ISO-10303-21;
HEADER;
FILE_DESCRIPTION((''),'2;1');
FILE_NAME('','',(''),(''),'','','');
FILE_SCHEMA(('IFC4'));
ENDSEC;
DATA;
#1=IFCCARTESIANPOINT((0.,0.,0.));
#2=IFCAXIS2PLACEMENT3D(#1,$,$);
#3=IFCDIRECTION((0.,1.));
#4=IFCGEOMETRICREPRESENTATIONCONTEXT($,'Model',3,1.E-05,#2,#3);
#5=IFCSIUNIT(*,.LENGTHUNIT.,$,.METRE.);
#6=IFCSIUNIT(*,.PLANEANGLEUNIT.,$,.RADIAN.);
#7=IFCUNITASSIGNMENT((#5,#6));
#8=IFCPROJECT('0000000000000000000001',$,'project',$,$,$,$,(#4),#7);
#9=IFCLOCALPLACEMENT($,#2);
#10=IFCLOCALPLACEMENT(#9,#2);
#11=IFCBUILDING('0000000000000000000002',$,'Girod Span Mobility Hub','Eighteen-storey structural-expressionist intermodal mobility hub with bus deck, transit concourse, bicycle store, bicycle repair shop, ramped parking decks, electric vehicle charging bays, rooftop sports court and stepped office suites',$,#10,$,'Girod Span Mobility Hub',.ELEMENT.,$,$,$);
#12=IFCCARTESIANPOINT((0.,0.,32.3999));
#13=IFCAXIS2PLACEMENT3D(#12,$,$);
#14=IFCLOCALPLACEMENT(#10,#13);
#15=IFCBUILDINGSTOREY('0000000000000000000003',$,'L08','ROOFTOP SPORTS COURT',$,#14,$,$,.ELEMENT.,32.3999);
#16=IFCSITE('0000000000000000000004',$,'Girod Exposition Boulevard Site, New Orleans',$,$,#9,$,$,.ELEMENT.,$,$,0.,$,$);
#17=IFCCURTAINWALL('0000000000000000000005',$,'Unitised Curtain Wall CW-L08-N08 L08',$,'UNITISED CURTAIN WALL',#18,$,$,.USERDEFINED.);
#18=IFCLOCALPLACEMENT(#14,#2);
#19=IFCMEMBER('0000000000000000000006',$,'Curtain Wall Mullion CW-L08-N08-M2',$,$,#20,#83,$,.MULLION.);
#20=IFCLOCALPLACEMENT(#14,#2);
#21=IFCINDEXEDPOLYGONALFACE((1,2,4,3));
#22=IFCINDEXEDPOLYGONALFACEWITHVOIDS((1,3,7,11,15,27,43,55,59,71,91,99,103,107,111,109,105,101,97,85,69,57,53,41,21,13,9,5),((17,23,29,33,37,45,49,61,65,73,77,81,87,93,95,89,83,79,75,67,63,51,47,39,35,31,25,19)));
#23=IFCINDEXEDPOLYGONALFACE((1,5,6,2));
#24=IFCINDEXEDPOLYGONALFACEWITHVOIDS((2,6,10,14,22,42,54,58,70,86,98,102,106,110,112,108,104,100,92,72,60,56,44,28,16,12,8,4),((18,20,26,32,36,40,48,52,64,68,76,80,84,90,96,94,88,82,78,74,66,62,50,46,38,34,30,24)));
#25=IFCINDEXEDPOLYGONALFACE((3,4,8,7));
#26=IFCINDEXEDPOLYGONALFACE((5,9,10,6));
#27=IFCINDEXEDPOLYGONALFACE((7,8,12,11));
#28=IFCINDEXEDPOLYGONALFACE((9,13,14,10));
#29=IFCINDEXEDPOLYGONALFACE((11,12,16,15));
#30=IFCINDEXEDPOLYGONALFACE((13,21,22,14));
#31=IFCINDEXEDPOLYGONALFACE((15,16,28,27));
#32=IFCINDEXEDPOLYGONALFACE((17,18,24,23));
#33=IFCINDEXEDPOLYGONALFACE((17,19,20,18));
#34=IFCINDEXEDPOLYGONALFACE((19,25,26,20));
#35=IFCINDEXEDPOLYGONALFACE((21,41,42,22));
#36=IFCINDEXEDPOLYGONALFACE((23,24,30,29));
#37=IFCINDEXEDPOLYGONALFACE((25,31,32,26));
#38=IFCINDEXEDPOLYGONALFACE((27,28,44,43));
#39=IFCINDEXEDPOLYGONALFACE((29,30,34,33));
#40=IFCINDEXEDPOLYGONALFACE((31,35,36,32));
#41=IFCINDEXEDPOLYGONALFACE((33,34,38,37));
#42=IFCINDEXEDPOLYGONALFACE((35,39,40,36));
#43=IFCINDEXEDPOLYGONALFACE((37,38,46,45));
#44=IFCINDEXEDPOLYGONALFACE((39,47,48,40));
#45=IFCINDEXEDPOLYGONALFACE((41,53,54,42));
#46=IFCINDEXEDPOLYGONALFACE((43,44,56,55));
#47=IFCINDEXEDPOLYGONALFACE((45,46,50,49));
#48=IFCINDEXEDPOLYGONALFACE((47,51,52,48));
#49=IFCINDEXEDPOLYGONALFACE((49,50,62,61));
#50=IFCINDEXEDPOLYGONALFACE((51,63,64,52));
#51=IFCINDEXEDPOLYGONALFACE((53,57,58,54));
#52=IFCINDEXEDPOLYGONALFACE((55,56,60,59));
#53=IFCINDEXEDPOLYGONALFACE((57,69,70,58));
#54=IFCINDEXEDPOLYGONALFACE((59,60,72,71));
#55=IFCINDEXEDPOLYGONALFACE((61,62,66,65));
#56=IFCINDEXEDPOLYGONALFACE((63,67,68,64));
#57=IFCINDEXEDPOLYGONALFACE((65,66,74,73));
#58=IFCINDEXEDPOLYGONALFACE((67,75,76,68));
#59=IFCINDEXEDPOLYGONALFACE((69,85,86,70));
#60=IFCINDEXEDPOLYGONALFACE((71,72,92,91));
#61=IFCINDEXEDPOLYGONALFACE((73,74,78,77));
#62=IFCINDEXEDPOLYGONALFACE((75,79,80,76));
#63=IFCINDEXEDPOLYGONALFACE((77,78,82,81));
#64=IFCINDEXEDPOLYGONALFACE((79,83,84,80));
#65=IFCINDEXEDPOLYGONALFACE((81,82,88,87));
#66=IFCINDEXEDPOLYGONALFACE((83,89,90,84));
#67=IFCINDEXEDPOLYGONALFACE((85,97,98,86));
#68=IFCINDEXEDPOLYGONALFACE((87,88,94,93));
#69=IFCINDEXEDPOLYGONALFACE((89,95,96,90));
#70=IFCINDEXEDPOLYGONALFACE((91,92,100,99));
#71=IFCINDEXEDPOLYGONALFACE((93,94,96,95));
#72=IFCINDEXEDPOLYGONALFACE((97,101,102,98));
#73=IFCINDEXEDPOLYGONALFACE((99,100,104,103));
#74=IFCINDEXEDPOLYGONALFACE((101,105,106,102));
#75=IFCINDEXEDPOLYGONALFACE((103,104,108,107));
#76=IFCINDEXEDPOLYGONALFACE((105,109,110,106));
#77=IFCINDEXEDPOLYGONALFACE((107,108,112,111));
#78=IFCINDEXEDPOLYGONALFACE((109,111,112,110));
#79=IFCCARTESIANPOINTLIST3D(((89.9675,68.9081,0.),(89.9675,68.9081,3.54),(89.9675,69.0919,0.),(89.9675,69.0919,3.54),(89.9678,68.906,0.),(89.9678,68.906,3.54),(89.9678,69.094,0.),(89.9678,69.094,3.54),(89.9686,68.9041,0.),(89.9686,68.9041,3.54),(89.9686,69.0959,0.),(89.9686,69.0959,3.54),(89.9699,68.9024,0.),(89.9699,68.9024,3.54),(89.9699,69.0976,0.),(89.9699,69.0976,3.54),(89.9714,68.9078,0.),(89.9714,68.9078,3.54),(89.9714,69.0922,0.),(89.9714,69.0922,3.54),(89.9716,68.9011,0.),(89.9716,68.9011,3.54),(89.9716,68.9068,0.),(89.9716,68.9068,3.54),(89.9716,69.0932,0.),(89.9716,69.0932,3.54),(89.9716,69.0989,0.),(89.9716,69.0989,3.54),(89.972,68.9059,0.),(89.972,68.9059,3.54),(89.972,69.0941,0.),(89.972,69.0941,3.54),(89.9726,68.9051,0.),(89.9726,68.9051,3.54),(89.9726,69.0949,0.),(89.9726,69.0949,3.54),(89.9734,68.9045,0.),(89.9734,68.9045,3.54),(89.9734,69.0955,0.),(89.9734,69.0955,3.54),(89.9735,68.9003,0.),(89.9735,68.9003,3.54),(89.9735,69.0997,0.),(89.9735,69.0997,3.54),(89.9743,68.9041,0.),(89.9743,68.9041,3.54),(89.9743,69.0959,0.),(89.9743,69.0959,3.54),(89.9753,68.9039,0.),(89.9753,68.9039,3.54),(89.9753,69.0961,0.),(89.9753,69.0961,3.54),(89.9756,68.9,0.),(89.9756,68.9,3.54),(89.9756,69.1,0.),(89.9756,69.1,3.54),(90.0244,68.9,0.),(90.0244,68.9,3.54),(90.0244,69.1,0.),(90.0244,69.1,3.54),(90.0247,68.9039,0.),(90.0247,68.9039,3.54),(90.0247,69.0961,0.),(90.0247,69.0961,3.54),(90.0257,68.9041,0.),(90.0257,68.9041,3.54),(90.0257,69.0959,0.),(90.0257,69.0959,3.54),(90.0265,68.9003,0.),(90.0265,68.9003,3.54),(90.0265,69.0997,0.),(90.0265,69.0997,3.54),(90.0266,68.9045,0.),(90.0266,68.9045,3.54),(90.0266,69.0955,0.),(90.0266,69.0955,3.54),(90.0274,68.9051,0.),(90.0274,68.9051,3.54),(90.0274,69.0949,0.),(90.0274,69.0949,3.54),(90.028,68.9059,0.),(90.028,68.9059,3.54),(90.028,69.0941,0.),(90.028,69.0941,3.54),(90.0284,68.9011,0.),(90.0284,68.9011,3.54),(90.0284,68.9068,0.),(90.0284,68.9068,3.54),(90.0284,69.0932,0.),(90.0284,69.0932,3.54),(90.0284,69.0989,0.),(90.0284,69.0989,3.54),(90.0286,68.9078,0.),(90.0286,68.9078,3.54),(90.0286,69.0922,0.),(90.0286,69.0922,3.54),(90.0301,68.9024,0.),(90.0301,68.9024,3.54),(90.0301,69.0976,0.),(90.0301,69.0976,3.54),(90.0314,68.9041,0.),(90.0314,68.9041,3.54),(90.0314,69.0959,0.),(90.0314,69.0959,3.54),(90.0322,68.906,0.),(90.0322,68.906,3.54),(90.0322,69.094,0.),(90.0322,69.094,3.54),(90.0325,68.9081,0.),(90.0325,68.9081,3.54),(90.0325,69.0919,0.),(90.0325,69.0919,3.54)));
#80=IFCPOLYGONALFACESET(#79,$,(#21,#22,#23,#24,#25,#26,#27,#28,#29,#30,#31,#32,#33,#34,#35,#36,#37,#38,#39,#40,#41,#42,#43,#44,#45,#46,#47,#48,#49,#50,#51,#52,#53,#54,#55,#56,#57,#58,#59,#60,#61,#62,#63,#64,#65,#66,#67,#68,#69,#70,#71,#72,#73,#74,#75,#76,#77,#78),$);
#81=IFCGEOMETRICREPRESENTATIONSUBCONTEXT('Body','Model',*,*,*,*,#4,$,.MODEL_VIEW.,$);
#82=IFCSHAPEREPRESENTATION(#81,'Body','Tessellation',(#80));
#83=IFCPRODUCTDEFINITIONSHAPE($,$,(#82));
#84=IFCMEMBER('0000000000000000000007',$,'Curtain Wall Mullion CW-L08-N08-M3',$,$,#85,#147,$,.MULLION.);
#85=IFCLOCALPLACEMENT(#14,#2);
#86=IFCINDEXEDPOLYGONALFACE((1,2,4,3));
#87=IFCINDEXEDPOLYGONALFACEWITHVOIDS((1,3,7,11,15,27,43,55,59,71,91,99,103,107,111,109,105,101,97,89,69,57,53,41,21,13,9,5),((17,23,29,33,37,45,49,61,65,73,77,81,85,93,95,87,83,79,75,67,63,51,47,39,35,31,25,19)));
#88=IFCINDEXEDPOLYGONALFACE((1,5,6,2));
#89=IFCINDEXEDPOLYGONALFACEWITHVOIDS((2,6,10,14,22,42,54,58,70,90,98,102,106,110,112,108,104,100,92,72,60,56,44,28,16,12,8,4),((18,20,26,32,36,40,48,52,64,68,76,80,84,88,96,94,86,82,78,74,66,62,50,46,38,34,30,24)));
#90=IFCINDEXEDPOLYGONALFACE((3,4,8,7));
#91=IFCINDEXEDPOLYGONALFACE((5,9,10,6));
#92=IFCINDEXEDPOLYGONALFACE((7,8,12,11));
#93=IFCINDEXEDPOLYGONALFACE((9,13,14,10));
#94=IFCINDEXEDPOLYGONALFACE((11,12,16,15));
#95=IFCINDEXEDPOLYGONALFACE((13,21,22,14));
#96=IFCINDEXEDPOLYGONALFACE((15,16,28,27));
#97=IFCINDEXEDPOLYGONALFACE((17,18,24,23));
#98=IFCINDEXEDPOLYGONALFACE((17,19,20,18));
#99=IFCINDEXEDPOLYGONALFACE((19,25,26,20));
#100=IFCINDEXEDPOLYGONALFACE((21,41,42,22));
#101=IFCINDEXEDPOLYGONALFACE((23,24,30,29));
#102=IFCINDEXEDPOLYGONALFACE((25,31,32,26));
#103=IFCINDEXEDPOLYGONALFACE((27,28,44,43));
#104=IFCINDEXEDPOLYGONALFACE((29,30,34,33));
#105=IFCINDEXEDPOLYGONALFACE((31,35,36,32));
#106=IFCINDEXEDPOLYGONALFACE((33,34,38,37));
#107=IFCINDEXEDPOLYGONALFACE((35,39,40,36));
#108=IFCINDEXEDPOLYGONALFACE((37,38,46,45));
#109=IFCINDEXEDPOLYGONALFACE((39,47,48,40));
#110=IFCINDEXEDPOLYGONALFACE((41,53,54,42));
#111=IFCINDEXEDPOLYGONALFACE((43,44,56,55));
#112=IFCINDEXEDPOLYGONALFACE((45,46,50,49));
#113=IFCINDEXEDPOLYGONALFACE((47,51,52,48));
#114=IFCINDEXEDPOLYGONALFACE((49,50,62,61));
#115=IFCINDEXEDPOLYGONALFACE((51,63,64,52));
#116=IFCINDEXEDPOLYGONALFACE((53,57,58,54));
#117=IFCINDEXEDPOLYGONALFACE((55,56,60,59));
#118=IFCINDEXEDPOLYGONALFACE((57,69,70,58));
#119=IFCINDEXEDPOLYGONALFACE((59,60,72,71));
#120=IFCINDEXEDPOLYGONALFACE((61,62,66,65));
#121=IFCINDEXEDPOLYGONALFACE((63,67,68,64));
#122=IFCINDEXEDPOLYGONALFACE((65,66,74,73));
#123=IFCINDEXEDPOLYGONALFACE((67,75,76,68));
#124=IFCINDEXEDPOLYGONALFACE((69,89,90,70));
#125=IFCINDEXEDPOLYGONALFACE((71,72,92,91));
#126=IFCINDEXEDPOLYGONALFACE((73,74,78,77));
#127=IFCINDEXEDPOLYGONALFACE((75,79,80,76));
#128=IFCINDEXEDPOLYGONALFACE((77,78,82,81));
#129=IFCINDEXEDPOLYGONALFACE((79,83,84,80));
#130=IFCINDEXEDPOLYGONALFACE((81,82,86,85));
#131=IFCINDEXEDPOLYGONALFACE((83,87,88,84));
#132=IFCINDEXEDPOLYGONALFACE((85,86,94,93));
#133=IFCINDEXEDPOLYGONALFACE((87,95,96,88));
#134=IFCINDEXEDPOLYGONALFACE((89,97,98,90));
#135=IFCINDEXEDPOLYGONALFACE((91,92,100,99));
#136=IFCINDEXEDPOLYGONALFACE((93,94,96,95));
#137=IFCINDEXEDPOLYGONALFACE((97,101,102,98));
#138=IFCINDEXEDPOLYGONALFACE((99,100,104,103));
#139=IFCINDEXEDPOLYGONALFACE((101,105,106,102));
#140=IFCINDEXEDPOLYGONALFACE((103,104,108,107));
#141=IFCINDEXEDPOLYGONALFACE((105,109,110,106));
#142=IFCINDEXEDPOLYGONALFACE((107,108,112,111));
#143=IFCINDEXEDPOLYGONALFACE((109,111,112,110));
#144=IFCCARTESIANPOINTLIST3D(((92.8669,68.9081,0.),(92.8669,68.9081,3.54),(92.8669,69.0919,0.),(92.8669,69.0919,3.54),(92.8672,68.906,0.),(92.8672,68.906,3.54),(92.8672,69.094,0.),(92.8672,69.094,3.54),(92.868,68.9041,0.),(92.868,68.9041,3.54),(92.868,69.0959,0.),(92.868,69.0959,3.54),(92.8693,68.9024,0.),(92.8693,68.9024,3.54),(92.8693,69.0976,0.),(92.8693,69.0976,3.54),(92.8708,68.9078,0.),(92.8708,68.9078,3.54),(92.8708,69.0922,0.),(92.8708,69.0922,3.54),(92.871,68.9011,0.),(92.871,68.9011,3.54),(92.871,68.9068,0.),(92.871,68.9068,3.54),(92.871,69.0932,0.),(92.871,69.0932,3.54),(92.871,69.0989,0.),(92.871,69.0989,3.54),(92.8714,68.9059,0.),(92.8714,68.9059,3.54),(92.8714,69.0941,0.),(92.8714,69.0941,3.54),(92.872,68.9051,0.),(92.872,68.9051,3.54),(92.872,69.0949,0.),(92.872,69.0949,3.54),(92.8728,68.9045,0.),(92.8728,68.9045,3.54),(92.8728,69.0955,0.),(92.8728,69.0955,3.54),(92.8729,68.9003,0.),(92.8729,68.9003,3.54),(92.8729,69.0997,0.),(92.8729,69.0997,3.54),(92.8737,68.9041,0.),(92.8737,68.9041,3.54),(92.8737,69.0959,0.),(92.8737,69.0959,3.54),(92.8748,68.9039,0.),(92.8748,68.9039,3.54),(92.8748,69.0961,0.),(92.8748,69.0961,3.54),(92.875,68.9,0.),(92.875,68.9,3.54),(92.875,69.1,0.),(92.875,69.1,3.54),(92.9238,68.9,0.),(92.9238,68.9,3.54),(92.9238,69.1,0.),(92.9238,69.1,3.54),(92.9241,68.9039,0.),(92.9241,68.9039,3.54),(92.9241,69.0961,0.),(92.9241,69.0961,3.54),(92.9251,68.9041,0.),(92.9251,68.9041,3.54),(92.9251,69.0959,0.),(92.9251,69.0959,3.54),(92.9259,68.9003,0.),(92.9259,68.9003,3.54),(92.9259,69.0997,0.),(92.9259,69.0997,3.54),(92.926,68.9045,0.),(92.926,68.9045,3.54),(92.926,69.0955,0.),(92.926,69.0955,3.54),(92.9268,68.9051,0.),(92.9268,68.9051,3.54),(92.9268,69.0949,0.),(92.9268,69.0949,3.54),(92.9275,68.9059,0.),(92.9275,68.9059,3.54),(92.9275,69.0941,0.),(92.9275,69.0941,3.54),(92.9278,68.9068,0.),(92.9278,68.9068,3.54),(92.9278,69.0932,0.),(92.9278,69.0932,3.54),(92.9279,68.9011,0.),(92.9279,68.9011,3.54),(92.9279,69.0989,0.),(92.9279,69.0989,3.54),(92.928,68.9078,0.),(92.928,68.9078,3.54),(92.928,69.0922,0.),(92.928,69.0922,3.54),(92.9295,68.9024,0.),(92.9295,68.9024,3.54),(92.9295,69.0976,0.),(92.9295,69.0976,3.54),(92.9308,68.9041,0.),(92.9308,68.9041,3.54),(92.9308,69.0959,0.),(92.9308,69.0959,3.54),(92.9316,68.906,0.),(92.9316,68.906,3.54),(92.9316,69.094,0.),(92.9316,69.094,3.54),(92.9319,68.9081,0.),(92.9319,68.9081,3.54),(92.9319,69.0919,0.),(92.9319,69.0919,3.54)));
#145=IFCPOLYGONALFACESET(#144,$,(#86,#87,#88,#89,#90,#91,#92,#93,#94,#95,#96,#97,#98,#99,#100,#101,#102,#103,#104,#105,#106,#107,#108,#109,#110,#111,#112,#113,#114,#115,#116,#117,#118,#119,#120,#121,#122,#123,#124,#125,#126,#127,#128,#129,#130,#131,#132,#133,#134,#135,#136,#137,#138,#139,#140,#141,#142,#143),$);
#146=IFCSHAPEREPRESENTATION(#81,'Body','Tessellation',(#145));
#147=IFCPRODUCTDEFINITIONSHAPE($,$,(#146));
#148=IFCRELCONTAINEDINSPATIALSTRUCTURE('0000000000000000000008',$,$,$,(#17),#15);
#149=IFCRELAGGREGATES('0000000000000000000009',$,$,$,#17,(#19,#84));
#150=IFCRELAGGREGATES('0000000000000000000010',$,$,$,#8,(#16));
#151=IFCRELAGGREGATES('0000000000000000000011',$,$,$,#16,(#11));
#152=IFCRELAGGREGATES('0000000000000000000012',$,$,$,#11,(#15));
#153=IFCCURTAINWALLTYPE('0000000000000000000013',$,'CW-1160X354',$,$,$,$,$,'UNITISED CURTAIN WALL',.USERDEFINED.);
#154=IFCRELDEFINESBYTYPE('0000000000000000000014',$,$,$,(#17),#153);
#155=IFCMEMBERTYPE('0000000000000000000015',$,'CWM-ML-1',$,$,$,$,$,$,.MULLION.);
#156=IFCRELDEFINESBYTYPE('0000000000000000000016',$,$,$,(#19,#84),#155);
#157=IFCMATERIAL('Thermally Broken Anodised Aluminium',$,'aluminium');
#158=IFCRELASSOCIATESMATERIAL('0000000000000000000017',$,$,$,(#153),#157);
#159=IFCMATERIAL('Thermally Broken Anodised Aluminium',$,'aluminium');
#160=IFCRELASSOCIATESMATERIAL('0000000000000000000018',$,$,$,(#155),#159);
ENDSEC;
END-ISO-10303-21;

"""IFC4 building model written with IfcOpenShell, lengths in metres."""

from ifc_helpers import new_model, si_unit, direction, frame, origin, origin_2d, place, context, subcontext, project, spatial, hollow_rectangle, extrude, material, material_profile, profile_set, type_object, element, aggregate, save


model = new_model("IFC4")

# Units and contexts
model_context = context("Model", 3, precision=1e-05, world=origin(), true_north=direction((0.0, 1.0)))
body_context = subcontext(model_context, "Body", "Model", "MODEL_VIEW")
ifc_project = project(units=[si_unit("LENGTHUNIT", "METRE"), si_unit("PLANEANGLEUNIT", "RADIAN")], contexts=[model_context])

# Site, building, storey
site_placement = place(None, origin())
site = spatial("IfcSite", under=ifc_project, at=site_placement, Name="Girod Exposition Boulevard Site, New Orleans", CompositionType="ELEMENT", RefElevation=0.0)
building_placement = place(site_placement, origin())
building = spatial("IfcBuilding", under=site, at=building_placement, Name="Girod Span Mobility Hub", Description="Eighteen-storey structural-expressionist intermodal mobility hub with bus deck, transit concourse, bicycle store, bicycle repair shop, ramped parking decks, electric vehicle charging bays, rooftop sports court and stepped office suites", LongName="Girod Span Mobility Hub", CompositionType="ELEMENT")
storey_placement = place(building_placement, frame((0.0, 0.0, 32.3999)))
storey = spatial("IfcBuildingStorey", under=building, at=storey_placement, Name="L08", Description="ROOFTOP SPORTS COURT", CompositionType="ELEMENT", Elevation=32.3999)

# Curtain wall, members
ifc_material_1 = material(Name="Thermally Broken Anodised Aluminium", Category="aluminium")
curtain_wall_type = type_object("IfcCurtainWallType", Name="CW-1160X354", ElementType="UNITISED CURTAIN WALL", PredefinedType="USERDEFINED", material=ifc_material_1)
ifc_material_2 = material(Name="Thermally Broken Anodised Aluminium", Category="aluminium")
ifc_material_profile_1 = material_profile(ifc_material_2, hollow_rectangle(XDim=0.2, YDim=0.0649, WallThickness=0.0039, InnerFilletRadius=0.0039, OuterFilletRadius=0.0081, at=origin_2d()), Name="CW-ML-65X200")
ifc_profile_set_1 = profile_set([ifc_material_profile_1], Name="Thermally Broken Anodised Aluminium")
member_type_1 = type_object("IfcMemberType", Name="CWM-ML-1", PredefinedType="MULLION", material=ifc_profile_set_1)
curtain_wall_1_placement = place(storey_placement, origin())
curtain_wall_1 = element("IfcCurtainWall", 1, at=curtain_wall_1_placement, inside=storey, type_object=curtain_wall_type, Name="Unitised Curtain Wall CW-L08-N08 L08", ObjectType="UNITISED CURTAIN WALL", PredefinedType="USERDEFINED")
member_1_placement = place(storey_placement, frame((90.0, 69.0, 0.0), z_axis=(0.0, 0.0, 1.0), x_axis=(0.0, 1.0, 0.0)))
member_1 = element("IfcMember", 2, at=member_1_placement, type_object=member_type_1, Name="Curtain Wall Mullion CW-L08-N08-M2", PredefinedType="MULLION", context=body_context, shape_type="SweptSolid", body=[
    extrude(hollow_rectangle(XDim=0.2, YDim=0.0649, WallThickness=0.0039, InnerFilletRadius=0.0039, OuterFilletRadius=0.0081, at=origin_2d()), origin(), (0.0, 0.0, 1.0), 3.54),
])
member_2_placement = place(storey_placement, frame((92.8994, 69.0, 0.0), z_axis=(0.0, 0.0, 1.0), x_axis=(0.0, 1.0, 0.0)))
member_2 = element("IfcMember", 3, at=member_2_placement, type_object=member_type_1, Name="Curtain Wall Mullion CW-L08-N08-M3", PredefinedType="MULLION", context=body_context, shape_type="SweptSolid", body=[
    extrude(hollow_rectangle(XDim=0.2, YDim=0.0649, WallThickness=0.0039, InnerFilletRadius=0.0039, OuterFilletRadius=0.0081, at=origin_2d()), origin(), (0.0, 0.0, 1.0), 3.54),
])

aggregate(curtain_wall_1, [member_1, member_2])

save(model, "model.ifc")
